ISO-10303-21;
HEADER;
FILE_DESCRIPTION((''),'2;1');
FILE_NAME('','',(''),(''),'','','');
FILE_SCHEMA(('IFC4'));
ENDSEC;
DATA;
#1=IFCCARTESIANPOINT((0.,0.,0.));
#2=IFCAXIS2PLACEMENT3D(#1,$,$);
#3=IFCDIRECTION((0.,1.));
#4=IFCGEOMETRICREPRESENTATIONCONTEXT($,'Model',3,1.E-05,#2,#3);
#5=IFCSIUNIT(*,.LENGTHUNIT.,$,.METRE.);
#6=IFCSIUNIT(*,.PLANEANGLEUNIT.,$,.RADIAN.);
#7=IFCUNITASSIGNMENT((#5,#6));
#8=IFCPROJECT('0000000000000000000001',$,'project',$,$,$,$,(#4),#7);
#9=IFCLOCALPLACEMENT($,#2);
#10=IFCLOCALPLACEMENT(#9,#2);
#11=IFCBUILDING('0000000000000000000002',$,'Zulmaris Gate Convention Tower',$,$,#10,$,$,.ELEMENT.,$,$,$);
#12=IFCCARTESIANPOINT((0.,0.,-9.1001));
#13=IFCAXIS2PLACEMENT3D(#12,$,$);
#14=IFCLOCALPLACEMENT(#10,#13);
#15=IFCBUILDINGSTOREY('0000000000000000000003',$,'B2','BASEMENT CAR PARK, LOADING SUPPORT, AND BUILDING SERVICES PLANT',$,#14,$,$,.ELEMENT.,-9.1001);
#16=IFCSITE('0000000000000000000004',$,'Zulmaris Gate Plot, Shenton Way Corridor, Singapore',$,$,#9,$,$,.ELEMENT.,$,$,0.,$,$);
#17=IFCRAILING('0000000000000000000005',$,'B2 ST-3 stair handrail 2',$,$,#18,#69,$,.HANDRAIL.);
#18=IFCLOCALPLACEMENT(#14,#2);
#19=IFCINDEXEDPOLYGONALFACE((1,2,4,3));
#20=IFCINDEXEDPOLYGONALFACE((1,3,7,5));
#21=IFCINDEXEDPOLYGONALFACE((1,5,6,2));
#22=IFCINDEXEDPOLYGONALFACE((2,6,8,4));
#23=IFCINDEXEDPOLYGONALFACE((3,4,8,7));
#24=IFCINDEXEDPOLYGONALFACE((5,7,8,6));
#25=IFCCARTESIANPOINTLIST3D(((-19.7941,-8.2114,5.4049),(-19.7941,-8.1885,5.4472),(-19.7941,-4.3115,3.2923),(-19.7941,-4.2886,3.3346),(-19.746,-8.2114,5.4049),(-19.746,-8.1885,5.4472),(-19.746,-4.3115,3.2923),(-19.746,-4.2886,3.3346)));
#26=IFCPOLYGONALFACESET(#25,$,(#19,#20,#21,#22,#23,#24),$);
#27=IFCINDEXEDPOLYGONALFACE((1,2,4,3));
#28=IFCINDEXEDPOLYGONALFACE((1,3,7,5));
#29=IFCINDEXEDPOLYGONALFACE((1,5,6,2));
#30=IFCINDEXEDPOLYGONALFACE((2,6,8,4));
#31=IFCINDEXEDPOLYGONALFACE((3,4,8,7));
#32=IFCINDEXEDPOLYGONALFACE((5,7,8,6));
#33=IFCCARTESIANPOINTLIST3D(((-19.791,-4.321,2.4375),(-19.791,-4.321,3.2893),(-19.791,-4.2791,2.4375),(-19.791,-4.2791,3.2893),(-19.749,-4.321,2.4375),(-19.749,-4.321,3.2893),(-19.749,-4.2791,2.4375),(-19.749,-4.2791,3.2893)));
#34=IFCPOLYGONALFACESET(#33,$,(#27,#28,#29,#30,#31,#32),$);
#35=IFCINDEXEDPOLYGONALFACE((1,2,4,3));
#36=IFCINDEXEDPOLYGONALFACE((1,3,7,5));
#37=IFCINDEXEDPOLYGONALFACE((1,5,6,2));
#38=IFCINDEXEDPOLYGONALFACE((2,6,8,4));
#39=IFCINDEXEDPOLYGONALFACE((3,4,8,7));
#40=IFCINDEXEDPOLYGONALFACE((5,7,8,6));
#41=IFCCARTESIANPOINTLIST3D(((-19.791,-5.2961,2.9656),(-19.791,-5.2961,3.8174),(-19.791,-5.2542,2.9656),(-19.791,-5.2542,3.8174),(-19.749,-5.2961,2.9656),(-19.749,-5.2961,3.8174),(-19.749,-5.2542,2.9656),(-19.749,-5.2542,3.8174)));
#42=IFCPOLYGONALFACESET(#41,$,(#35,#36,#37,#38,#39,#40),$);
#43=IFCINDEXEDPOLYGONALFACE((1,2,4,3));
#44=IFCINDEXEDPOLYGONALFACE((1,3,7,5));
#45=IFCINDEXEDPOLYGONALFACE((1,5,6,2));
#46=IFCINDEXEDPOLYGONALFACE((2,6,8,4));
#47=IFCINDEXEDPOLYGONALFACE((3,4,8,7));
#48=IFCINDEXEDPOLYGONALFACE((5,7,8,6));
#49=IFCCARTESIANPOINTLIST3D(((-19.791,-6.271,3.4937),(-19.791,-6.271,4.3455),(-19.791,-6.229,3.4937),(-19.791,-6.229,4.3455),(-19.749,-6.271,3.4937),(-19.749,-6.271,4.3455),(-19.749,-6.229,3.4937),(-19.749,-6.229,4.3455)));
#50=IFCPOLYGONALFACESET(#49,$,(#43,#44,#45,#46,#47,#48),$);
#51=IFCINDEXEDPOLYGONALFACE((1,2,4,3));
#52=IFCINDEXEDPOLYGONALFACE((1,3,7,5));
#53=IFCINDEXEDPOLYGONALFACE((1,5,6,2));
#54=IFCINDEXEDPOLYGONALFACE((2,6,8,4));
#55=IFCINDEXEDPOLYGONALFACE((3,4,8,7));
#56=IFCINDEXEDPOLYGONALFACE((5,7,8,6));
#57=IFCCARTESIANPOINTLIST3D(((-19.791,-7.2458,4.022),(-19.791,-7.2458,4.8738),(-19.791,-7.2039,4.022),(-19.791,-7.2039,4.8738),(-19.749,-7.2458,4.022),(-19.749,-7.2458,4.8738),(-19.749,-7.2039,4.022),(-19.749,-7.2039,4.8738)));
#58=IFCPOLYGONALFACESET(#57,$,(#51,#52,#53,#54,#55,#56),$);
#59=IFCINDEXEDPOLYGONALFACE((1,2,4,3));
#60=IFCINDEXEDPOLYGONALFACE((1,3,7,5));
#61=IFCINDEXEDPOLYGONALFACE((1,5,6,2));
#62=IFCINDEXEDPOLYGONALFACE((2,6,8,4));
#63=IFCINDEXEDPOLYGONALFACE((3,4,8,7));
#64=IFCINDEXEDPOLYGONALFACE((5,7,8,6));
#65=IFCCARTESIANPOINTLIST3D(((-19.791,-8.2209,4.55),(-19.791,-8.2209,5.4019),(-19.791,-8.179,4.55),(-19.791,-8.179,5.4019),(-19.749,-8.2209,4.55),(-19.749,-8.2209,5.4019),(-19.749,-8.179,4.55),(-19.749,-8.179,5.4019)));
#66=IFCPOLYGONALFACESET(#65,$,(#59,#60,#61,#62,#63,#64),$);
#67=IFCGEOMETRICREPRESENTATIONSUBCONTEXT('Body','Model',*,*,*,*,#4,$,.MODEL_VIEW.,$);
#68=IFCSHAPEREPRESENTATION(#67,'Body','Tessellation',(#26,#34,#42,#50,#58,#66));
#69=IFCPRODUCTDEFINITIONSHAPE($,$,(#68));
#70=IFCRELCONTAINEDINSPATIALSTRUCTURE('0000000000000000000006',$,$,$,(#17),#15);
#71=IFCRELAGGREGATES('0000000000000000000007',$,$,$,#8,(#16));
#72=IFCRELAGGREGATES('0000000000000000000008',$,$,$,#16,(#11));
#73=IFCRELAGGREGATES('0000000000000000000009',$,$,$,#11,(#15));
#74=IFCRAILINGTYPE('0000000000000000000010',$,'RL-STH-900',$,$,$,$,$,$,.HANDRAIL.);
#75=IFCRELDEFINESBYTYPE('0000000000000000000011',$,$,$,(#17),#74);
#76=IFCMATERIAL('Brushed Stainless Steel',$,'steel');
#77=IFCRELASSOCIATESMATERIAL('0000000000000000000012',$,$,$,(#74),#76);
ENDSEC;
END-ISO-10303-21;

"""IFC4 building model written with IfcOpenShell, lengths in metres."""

from ifc_helpers import new_model, si_unit, direction, frame, origin, origin_2d, place, context, subcontext, project, spatial, rectangle, extrude, material, type_object, element, save


model = new_model("IFC4")

# Units and contexts
model_context = context("Model", 3, precision=1e-05, world=origin(), true_north=direction((0.0, 1.0)))
body_context = subcontext(model_context, "Body", "Model", "MODEL_VIEW")
ifc_project = project(units=[si_unit("LENGTHUNIT", "METRE"), si_unit("PLANEANGLEUNIT", "RADIAN")], contexts=[model_context])

# Site, building, storey
site_placement = place(None, origin())
site = spatial("IfcSite", under=ifc_project, at=site_placement, Name="Zulmaris Gate Plot, Shenton Way Corridor, Singapore", CompositionType="ELEMENT", RefElevation=0.0)
building_placement = place(site_placement, origin())
building = spatial("IfcBuilding", under=site, at=building_placement, Name="Zulmaris Gate Convention Tower", CompositionType="ELEMENT")
storey_placement = place(building_placement, frame((0.0, 0.0, -9.1001)))
storey = spatial("IfcBuildingStorey", under=building, at=storey_placement, Name="B2", Description="BASEMENT CAR PARK, LOADING SUPPORT, AND BUILDING SERVICES PLANT", CompositionType="ELEMENT", Elevation=-9.1001)

# Shared definitions
ifc_material_1 = material(Name="Brushed Stainless Steel", Category="steel")

# Railing
railing_type_1 = type_object("IfcRailingType", Name="RL-STH-900", PredefinedType="HANDRAIL", material=ifc_material_1)
railing_1_placement = place(storey_placement, frame((-19.77, -4.3, 2.4375)))
element("IfcRailing", 1, at=railing_1_placement, inside=storey, type_object=railing_type_1, Name="B2 ST-3 stair handrail 2", PredefinedType="HANDRAIL", context=body_context, shape_type="SweptSolid", body=[
    extrude(rectangle(XDim=0.0481, YDim=0.0481, at=origin_2d()), frame((0.0, 0.0, 0.876), z_axis=(0.0, -0.879282, 0.476301), x_axis=(1.0, 0.0, 0.0)), (0.0, 0.0, 1.0), 4.4353),
    extrude(rectangle(XDim=0.042, YDim=0.042, at=origin_2d()), origin(), (0.0, 0.0, 1.0), 0.8518),
    extrude(rectangle(XDim=0.042, YDim=0.042, at=origin_2d()), frame((0.0, -0.9751, 0.5281)), (0.0, 0.0, 1.0), 0.8518),
    extrude(rectangle(XDim=0.042, YDim=0.042, at=origin_2d()), frame((0.0, -1.95, 1.0562)), (0.0, 0.0, 1.0), 0.8518),
    extrude(rectangle(XDim=0.042, YDim=0.042, at=origin_2d()), frame((0.0, -2.9248, 1.5845)), (0.0, 0.0, 1.0), 0.8518),
    extrude(rectangle(XDim=0.042, YDim=0.042, at=origin_2d()), frame((0.0, -3.8999, 2.1125)), (0.0, 0.0, 1.0), 0.8518),
])

save(model, "model.ifc")
